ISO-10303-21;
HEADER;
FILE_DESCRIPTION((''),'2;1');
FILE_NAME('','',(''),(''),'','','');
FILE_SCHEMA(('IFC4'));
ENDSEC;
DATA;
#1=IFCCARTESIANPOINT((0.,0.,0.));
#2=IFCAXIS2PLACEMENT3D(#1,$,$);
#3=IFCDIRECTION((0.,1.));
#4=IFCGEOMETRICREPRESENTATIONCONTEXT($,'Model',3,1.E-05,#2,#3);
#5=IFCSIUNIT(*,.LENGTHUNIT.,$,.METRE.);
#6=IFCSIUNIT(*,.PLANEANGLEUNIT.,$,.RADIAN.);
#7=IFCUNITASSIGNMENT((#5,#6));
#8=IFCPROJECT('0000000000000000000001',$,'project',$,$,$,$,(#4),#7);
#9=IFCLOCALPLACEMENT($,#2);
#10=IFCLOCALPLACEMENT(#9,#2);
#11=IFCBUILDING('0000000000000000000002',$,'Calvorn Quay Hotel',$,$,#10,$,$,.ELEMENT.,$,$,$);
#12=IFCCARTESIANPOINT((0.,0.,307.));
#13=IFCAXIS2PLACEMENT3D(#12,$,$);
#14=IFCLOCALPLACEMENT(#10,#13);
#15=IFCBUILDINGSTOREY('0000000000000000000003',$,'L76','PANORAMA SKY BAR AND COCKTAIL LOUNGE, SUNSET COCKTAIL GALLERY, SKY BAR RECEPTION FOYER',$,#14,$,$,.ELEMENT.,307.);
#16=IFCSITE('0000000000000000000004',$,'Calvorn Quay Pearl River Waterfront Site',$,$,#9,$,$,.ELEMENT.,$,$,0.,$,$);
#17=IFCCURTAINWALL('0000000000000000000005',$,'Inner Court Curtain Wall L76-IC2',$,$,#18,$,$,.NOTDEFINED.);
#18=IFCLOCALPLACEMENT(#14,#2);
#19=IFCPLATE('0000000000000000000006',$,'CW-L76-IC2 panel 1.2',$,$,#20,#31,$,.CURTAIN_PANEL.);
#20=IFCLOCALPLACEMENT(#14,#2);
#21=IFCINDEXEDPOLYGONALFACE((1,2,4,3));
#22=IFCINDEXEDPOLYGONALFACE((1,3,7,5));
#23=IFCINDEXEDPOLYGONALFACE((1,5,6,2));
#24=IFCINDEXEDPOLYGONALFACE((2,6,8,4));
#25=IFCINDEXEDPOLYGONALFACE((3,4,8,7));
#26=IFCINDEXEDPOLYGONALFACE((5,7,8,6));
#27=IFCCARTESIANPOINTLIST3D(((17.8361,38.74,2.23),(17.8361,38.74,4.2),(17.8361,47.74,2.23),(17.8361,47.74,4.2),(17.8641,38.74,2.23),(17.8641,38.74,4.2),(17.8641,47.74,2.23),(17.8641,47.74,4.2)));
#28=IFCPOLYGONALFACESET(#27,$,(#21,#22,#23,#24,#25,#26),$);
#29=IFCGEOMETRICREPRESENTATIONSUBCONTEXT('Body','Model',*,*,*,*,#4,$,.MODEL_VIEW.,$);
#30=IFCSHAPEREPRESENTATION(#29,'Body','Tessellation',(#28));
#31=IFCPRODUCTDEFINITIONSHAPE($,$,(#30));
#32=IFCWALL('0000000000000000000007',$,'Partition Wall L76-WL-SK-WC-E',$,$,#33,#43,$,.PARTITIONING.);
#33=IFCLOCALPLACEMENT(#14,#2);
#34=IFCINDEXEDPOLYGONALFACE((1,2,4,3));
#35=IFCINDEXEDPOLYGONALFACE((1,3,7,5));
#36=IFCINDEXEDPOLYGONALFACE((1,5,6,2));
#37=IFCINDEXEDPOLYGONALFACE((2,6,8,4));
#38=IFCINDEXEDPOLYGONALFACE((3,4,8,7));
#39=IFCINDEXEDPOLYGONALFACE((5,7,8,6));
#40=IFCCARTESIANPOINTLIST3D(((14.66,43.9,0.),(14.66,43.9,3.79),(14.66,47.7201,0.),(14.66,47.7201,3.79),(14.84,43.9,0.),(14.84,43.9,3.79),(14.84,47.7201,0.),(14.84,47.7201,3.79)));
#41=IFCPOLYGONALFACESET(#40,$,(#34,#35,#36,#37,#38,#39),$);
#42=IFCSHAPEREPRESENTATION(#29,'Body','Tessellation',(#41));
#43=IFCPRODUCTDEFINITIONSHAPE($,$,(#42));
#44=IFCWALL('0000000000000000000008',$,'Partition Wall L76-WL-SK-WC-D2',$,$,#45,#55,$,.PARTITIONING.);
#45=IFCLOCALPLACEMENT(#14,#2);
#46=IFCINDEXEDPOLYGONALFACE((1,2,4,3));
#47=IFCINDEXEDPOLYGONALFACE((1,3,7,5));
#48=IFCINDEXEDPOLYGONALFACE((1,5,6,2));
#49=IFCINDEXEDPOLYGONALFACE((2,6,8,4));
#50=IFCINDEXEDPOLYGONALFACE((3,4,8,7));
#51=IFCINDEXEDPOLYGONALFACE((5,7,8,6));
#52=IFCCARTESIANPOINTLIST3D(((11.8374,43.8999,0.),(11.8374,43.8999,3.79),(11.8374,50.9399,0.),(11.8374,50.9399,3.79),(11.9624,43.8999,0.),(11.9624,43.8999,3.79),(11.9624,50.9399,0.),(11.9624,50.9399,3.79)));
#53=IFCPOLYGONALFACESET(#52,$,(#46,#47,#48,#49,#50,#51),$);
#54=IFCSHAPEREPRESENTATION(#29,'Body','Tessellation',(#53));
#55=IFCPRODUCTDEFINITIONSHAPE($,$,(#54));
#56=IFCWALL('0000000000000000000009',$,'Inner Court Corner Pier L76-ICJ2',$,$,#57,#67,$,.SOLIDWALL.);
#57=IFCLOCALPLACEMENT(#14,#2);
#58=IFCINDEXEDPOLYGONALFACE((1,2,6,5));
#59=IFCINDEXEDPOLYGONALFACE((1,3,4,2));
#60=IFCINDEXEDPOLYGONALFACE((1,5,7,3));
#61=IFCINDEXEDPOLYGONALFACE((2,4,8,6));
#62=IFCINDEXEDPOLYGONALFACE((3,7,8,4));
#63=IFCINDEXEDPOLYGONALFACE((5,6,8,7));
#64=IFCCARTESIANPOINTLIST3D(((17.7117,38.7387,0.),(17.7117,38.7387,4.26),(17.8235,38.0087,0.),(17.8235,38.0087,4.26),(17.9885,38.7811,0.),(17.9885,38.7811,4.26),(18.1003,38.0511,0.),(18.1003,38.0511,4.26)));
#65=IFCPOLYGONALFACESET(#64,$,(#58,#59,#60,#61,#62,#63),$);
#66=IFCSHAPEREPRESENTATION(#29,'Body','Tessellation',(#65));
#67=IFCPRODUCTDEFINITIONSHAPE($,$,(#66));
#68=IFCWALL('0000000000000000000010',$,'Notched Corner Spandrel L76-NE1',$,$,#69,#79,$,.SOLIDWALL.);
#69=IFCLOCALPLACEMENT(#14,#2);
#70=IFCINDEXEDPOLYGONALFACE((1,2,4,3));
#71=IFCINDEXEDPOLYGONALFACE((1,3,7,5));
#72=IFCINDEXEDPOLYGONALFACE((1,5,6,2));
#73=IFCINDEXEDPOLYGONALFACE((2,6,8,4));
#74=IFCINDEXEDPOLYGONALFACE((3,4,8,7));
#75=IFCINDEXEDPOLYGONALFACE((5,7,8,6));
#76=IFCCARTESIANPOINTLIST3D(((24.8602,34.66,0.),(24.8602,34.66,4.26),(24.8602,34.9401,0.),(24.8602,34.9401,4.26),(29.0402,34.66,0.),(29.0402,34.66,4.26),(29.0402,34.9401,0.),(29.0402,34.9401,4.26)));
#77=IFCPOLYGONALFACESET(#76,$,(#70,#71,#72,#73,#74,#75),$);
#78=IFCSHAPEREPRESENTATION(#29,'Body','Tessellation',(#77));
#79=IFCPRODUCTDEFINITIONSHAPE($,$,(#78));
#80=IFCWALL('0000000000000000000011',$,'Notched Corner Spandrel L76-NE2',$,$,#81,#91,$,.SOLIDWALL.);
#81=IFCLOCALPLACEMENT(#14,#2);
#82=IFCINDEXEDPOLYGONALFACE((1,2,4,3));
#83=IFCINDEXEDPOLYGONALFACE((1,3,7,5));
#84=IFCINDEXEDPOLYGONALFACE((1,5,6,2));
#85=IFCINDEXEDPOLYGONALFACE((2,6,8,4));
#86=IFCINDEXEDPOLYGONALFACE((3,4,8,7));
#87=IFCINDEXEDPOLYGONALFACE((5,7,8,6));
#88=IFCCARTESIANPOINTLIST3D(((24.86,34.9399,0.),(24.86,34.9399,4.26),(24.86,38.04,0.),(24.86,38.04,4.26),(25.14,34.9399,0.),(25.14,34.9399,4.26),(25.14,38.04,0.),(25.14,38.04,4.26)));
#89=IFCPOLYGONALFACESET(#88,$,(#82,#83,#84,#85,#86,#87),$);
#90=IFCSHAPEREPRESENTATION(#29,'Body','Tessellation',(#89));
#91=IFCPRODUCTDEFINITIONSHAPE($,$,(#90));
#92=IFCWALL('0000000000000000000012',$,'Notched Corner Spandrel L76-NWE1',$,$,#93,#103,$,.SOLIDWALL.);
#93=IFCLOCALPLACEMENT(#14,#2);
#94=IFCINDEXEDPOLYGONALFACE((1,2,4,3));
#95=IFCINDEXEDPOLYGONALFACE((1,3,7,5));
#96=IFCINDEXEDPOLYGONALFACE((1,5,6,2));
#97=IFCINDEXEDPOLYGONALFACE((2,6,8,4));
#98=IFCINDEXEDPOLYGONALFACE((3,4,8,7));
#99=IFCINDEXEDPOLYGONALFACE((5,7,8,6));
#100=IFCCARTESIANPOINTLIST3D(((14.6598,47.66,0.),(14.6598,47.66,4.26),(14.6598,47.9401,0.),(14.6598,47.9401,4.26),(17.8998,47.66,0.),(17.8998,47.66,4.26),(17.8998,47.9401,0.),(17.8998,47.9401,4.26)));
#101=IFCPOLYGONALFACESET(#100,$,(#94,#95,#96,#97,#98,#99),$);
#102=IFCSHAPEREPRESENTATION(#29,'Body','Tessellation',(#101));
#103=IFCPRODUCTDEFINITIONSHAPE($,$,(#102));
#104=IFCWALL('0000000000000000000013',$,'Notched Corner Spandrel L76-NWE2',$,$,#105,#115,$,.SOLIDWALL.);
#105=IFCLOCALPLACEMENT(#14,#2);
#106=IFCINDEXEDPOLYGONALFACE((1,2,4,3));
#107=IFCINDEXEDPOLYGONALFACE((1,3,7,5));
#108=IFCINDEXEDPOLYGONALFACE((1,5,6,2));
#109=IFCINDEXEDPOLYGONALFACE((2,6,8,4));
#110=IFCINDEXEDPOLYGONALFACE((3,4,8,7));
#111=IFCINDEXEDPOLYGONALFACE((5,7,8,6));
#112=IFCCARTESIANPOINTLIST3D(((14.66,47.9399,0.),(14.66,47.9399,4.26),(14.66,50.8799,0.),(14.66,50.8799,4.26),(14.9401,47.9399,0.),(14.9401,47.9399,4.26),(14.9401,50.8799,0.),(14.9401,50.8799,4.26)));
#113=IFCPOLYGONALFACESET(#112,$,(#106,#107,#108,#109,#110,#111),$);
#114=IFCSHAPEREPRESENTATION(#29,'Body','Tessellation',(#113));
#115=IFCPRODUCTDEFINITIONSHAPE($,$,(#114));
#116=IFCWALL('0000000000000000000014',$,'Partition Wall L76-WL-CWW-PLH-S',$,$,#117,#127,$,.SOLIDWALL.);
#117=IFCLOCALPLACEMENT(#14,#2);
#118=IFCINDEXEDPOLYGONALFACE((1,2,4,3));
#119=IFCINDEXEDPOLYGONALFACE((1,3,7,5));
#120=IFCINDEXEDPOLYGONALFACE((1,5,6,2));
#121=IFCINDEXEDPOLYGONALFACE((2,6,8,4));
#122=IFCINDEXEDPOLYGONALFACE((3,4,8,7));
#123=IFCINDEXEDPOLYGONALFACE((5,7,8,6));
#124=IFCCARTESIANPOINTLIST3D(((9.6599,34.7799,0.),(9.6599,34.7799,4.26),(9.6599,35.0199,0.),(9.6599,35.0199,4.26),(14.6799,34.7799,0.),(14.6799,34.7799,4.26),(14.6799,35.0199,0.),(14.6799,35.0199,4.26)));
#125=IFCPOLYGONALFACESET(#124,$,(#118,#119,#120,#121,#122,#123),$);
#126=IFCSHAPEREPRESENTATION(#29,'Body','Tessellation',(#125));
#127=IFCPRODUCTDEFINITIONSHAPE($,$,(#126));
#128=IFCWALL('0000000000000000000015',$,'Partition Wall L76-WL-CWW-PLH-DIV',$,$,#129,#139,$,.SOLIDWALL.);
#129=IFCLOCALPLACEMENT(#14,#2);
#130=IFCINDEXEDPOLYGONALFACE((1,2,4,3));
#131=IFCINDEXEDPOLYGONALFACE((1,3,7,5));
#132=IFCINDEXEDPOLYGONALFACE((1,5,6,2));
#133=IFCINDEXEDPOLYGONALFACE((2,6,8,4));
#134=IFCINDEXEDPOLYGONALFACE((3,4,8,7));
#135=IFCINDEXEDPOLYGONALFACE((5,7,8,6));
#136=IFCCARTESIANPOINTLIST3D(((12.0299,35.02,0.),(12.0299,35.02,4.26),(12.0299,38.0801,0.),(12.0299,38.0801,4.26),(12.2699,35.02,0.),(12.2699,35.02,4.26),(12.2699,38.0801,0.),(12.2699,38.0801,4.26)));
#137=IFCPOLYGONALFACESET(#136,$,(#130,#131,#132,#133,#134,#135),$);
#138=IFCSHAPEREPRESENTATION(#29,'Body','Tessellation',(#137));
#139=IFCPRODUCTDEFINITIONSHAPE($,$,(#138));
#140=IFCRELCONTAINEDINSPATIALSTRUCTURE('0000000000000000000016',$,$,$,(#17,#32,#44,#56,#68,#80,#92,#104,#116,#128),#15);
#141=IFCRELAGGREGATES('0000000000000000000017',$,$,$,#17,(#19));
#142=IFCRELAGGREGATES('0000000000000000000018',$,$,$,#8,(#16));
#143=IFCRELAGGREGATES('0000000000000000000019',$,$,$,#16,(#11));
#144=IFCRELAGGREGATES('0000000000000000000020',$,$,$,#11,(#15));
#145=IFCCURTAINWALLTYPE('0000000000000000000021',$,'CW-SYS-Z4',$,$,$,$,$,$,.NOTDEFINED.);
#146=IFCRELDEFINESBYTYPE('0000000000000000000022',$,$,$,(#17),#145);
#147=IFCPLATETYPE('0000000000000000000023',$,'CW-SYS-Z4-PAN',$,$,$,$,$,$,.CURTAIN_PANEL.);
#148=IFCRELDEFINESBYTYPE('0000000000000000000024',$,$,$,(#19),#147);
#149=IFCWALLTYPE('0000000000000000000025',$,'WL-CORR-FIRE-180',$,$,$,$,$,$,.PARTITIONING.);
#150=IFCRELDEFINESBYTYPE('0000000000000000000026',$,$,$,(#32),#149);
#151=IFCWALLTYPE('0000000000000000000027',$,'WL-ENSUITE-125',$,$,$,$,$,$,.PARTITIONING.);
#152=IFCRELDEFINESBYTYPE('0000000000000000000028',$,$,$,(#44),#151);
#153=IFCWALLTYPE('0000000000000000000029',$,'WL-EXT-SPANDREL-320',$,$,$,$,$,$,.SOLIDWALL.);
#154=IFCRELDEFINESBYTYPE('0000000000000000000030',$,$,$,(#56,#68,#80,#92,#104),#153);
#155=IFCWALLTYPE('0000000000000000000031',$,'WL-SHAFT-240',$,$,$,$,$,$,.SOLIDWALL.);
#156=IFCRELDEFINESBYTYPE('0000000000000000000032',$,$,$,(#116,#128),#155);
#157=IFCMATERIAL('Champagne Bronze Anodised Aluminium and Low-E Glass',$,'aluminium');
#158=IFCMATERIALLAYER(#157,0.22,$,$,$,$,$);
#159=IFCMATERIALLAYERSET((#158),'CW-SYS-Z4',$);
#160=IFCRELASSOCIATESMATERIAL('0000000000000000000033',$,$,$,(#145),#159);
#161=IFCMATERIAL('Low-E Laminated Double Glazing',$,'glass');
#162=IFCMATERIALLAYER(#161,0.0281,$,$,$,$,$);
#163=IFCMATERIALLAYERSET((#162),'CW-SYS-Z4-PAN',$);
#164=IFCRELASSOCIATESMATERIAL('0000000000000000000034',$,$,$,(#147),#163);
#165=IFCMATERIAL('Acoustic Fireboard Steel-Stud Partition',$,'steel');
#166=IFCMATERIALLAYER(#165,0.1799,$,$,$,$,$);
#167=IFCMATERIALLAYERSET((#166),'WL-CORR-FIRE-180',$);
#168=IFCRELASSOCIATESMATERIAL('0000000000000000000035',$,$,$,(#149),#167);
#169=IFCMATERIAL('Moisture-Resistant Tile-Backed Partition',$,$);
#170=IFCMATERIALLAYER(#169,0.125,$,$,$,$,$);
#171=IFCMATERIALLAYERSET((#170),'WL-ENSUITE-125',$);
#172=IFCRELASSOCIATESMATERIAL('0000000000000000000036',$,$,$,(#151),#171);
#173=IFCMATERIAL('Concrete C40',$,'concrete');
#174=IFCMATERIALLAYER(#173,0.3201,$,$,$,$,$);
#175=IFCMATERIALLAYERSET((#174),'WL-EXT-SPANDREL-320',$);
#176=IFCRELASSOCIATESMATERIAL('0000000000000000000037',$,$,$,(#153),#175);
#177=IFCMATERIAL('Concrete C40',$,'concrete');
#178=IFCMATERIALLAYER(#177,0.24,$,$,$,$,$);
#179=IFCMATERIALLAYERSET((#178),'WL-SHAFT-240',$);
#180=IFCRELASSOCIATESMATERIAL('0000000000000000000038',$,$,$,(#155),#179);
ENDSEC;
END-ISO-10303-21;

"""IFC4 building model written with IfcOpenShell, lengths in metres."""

from ifc_helpers import new_model, si_unit, direction, frame, frame_2d, origin, origin_2d, place, context, subcontext, project, spatial, rectangle, extrude, material, layer, layer_set, type_object, element, aggregate, save


model = new_model("IFC4")

# Units and contexts
model_context = context("Model", 3, precision=1e-05, world=origin(), true_north=direction((0.0, 1.0)))
body_context = subcontext(model_context, "Body", "Model", "MODEL_VIEW")
ifc_project = project(units=[si_unit("LENGTHUNIT", "METRE"), si_unit("PLANEANGLEUNIT", "RADIAN")], contexts=[model_context])

# Site, building, storey
site_placement = place(None, origin())
site = spatial("IfcSite", under=ifc_project, at=site_placement, Name="Calvorn Quay Pearl River Waterfront Site", CompositionType="ELEMENT", RefElevation=0.0)
building_placement = place(site_placement, origin())
building = spatial("IfcBuilding", under=site, at=building_placement, Name="Calvorn Quay Hotel", CompositionType="ELEMENT")
storey_placement = place(building_placement, frame((0.0, 0.0, 307.0)))
storey = spatial("IfcBuildingStorey", under=building, at=storey_placement, Name="L76", Description="PANORAMA SKY BAR AND COCKTAIL LOUNGE, SUNSET COCKTAIL GALLERY, SKY BAR RECEPTION FOYER", CompositionType="ELEMENT", Elevation=307.0)

# Shared definitions
ifc_material_1 = material(Name="Champagne Bronze Anodised Aluminium and Low-E Glass", Category="aluminium")
ifc_layer_1 = layer(ifc_material_1, 0.22)
ifc_layer_set_1 = layer_set([ifc_layer_1], Name="CW-SYS-Z4")
curtain_wall_type = type_object("IfcCurtainWallType", Name="CW-SYS-Z4", PredefinedType="NOTDEFINED", material=ifc_layer_set_1)

# Curtain wall
curtain_wall_1_placement = place(storey_placement, origin())
curtain_wall_1 = element("IfcCurtainWall", 1, at=curtain_wall_1_placement, inside=storey, type_object=curtain_wall_type, Name="Inner Court Curtain Wall L76-IC2", PredefinedType="NOTDEFINED")

# Plate
ifc_material_2 = material(Name="Low-E Laminated Double Glazing", Category="glass")
ifc_layer_2 = layer(ifc_material_2, 0.0281)
ifc_layer_set_2 = layer_set([ifc_layer_2], Name="CW-SYS-Z4-PAN")
plate_type = type_object("IfcPlateType", Name="CW-SYS-Z4-PAN", PredefinedType="CURTAIN_PANEL", material=ifc_layer_set_2)
plate_1_placement = place(storey_placement, frame((17.8501, 43.24, 2.23), z_axis=(0.0, 0.0, 1.0), x_axis=(0.0, 1.0, 0.0)))
plate_1 = element("IfcPlate", 2, at=plate_1_placement, type_object=plate_type, Name="CW-L76-IC2 panel 1.2", PredefinedType="CURTAIN_PANEL", context=body_context, shape_type="SweptSolid", body=[
    extrude(rectangle(XDim=9.0, YDim=0.0281, at=origin_2d()), origin(), (0.0, 0.0, 1.0), 1.97),
])
aggregate(curtain_wall_1, [plate_1])

# Walls
ifc_material_3 = material(Name="Acoustic Fireboard Steel-Stud Partition", Category="steel")
ifc_layer_3 = layer(ifc_material_3, 0.1799)
ifc_layer_set_3 = layer_set([ifc_layer_3], Name="WL-CORR-FIRE-180")
wall_type_1 = type_object("IfcWallType", Name="WL-CORR-FIRE-180", PredefinedType="PARTITIONING", material=ifc_layer_set_3)
wall_1_placement = place(storey_placement, frame((14.75, 43.8999, 0.0), z_axis=(0.0, 0.0, 1.0), x_axis=(0.0, 1.0, 0.0)))
element("IfcWall", 3, at=wall_1_placement, inside=storey, type_object=wall_type_1, Name="Partition Wall L76-WL-SK-WC-E", PredefinedType="PARTITIONING", context=body_context, shape_type="SweptSolid", body=[
    extrude(rectangle(XDim=3.8201, YDim=0.1799, at=frame_2d((1.9102, 0.0))), origin(), (0.0, 0.0, 1.0), 3.79),
])
ifc_material_4 = material(Name="Moisture-Resistant Tile-Backed Partition")
ifc_layer_4 = layer(ifc_material_4, 0.125)
ifc_layer_set_4 = layer_set([ifc_layer_4], Name="WL-ENSUITE-125")
wall_type_2 = type_object("IfcWallType", Name="WL-ENSUITE-125", PredefinedType="PARTITIONING", material=ifc_layer_set_4)
wall_2_placement = place(storey_placement, frame((11.8999, 43.8999, 0.0), z_axis=(0.0, 0.0, 1.0), x_axis=(0.0, 1.0, 0.0)))
element("IfcWall", 4, at=wall_2_placement, inside=storey, type_object=wall_type_2, Name="Partition Wall L76-WL-SK-WC-D2", PredefinedType="PARTITIONING", context=body_context, shape_type="SweptSolid", body=[
    extrude(rectangle(XDim=7.04, YDim=0.125, at=frame_2d((3.52, 0.0))), origin(), (0.0, 0.0, 1.0), 3.79),
])
ifc_material_5 = material(Name="Concrete C40", Category="concrete")
ifc_layer_5 = layer(ifc_material_5, 0.3201)
ifc_layer_set_5 = layer_set([ifc_layer_5], Name="WL-EXT-SPANDREL-320")
wall_type_3 = type_object("IfcWallType", Name="WL-EXT-SPANDREL-320", PredefinedType="SOLIDWALL", material=ifc_layer_set_5)
wall_3_placement = place(storey_placement, frame((17.9619, 38.03, 0.0), z_axis=(0.0, 0.0, 1.0), x_axis=(-0.151411, 0.988471, 0.0)))
element("IfcWall", 5, at=wall_3_placement, inside=storey, type_object=wall_type_3, Name="Inner Court Corner Pier L76-ICJ2", PredefinedType="SOLIDWALL", context=body_context, shape_type="SweptSolid", body=[
    extrude(rectangle(XDim=0.7385, YDim=0.28, at=frame_2d((0.3691, 0.0))), origin(), (0.0, 0.0, 1.0), 4.26),
])
wall_4_placement = place(storey_placement, frame((29.04, 34.8, 0.0), z_axis=(0.0, 0.0, 1.0), x_axis=(-1.0, 0.0, 0.0)))
element("IfcWall", 6, at=wall_4_placement, inside=storey, type_object=wall_type_3, Name="Notched Corner Spandrel L76-NE1", PredefinedType="SOLIDWALL", context=body_context, shape_type="SweptSolid", body=[
    extrude(rectangle(XDim=4.1799, YDim=0.28, at=frame_2d((2.0898, 0.0))), origin(), (0.0, 0.0, 1.0), 4.26),
])
wall_5_placement = place(storey_placement, frame((25.0, 34.9399, 0.0), z_axis=(0.0, 0.0, 1.0), x_axis=(0.0, 1.0, 0.0)))
element("IfcWall", 7, at=wall_5_placement, inside=storey, type_object=wall_type_3, Name="Notched Corner Spandrel L76-NE2", PredefinedType="SOLIDWALL", context=body_context, shape_type="SweptSolid", body=[
    extrude(rectangle(XDim=3.1001, YDim=0.28, at=frame_2d((1.55, 0.0))), origin(), (0.0, 0.0, 1.0), 4.26),
])
wall_6_placement = place(storey_placement, frame((17.8999, 47.8, 0.0), z_axis=(0.0, 0.0, 1.0), x_axis=(-1.0, 0.0, 0.0)))
element("IfcWall", 8, at=wall_6_placement, inside=storey, type_object=wall_type_3, Name="Notched Corner Spandrel L76-NWE1", PredefinedType="SOLIDWALL", context=body_context, shape_type="SweptSolid", body=[
    extrude(rectangle(XDim=3.24, YDim=0.28, at=frame_2d((1.6201, 0.0))), origin(), (0.0, 0.0, 1.0), 4.26),
])
wall_7_placement = place(storey_placement, frame((14.8, 47.9399, 0.0), z_axis=(0.0, 0.0, 1.0), x_axis=(0.0, 1.0, 0.0)))
element("IfcWall", 9, at=wall_7_placement, inside=storey, type_object=wall_type_3, Name="Notched Corner Spandrel L76-NWE2", PredefinedType="SOLIDWALL", context=body_context, shape_type="SweptSolid", body=[
    extrude(rectangle(XDim=2.9399, YDim=0.28, at=frame_2d((1.47, 0.0))), origin(), (0.0, 0.0, 1.0), 4.26),
])
ifc_material_6 = material(Name="Concrete C40", Category="concrete")
ifc_layer_6 = layer(ifc_material_6, 0.24)
ifc_layer_set_6 = layer_set([ifc_layer_6], Name="WL-SHAFT-240")
wall_type_4 = type_object("IfcWallType", Name="WL-SHAFT-240", PredefinedType="SOLIDWALL", material=ifc_layer_set_6)
wall_8_placement = place(storey_placement, frame((9.6599, 34.8999, 0.0), z_axis=(0.0, 0.0, 1.0), x_axis=(1.0, 0.0, 0.0)))
element("IfcWall", 10, at=wall_8_placement, inside=storey, type_object=wall_type_4, Name="Partition Wall L76-WL-CWW-PLH-S", PredefinedType="SOLIDWALL", context=body_context, shape_type="SweptSolid", body=[
    extrude(rectangle(XDim=5.02, YDim=0.24, at=frame_2d((2.51, 0.0))), origin(), (0.0, 0.0, 1.0), 4.26),
])
wall_9_placement = place(storey_placement, frame((12.1499, 35.02, 0.0), z_axis=(0.0, 0.0, 1.0), x_axis=(0.0, 1.0, 0.0)))
element("IfcWall", 11, at=wall_9_placement, inside=storey, type_object=wall_type_4, Name="Partition Wall L76-WL-CWW-PLH-DIV", PredefinedType="SOLIDWALL", context=body_context, shape_type="SweptSolid", body=[
    extrude(rectangle(XDim=3.0601, YDim=0.24, at=frame_2d((1.53, 0.0))), origin(), (0.0, 0.0, 1.0), 4.26),
])

save(model, "model.ifc")
